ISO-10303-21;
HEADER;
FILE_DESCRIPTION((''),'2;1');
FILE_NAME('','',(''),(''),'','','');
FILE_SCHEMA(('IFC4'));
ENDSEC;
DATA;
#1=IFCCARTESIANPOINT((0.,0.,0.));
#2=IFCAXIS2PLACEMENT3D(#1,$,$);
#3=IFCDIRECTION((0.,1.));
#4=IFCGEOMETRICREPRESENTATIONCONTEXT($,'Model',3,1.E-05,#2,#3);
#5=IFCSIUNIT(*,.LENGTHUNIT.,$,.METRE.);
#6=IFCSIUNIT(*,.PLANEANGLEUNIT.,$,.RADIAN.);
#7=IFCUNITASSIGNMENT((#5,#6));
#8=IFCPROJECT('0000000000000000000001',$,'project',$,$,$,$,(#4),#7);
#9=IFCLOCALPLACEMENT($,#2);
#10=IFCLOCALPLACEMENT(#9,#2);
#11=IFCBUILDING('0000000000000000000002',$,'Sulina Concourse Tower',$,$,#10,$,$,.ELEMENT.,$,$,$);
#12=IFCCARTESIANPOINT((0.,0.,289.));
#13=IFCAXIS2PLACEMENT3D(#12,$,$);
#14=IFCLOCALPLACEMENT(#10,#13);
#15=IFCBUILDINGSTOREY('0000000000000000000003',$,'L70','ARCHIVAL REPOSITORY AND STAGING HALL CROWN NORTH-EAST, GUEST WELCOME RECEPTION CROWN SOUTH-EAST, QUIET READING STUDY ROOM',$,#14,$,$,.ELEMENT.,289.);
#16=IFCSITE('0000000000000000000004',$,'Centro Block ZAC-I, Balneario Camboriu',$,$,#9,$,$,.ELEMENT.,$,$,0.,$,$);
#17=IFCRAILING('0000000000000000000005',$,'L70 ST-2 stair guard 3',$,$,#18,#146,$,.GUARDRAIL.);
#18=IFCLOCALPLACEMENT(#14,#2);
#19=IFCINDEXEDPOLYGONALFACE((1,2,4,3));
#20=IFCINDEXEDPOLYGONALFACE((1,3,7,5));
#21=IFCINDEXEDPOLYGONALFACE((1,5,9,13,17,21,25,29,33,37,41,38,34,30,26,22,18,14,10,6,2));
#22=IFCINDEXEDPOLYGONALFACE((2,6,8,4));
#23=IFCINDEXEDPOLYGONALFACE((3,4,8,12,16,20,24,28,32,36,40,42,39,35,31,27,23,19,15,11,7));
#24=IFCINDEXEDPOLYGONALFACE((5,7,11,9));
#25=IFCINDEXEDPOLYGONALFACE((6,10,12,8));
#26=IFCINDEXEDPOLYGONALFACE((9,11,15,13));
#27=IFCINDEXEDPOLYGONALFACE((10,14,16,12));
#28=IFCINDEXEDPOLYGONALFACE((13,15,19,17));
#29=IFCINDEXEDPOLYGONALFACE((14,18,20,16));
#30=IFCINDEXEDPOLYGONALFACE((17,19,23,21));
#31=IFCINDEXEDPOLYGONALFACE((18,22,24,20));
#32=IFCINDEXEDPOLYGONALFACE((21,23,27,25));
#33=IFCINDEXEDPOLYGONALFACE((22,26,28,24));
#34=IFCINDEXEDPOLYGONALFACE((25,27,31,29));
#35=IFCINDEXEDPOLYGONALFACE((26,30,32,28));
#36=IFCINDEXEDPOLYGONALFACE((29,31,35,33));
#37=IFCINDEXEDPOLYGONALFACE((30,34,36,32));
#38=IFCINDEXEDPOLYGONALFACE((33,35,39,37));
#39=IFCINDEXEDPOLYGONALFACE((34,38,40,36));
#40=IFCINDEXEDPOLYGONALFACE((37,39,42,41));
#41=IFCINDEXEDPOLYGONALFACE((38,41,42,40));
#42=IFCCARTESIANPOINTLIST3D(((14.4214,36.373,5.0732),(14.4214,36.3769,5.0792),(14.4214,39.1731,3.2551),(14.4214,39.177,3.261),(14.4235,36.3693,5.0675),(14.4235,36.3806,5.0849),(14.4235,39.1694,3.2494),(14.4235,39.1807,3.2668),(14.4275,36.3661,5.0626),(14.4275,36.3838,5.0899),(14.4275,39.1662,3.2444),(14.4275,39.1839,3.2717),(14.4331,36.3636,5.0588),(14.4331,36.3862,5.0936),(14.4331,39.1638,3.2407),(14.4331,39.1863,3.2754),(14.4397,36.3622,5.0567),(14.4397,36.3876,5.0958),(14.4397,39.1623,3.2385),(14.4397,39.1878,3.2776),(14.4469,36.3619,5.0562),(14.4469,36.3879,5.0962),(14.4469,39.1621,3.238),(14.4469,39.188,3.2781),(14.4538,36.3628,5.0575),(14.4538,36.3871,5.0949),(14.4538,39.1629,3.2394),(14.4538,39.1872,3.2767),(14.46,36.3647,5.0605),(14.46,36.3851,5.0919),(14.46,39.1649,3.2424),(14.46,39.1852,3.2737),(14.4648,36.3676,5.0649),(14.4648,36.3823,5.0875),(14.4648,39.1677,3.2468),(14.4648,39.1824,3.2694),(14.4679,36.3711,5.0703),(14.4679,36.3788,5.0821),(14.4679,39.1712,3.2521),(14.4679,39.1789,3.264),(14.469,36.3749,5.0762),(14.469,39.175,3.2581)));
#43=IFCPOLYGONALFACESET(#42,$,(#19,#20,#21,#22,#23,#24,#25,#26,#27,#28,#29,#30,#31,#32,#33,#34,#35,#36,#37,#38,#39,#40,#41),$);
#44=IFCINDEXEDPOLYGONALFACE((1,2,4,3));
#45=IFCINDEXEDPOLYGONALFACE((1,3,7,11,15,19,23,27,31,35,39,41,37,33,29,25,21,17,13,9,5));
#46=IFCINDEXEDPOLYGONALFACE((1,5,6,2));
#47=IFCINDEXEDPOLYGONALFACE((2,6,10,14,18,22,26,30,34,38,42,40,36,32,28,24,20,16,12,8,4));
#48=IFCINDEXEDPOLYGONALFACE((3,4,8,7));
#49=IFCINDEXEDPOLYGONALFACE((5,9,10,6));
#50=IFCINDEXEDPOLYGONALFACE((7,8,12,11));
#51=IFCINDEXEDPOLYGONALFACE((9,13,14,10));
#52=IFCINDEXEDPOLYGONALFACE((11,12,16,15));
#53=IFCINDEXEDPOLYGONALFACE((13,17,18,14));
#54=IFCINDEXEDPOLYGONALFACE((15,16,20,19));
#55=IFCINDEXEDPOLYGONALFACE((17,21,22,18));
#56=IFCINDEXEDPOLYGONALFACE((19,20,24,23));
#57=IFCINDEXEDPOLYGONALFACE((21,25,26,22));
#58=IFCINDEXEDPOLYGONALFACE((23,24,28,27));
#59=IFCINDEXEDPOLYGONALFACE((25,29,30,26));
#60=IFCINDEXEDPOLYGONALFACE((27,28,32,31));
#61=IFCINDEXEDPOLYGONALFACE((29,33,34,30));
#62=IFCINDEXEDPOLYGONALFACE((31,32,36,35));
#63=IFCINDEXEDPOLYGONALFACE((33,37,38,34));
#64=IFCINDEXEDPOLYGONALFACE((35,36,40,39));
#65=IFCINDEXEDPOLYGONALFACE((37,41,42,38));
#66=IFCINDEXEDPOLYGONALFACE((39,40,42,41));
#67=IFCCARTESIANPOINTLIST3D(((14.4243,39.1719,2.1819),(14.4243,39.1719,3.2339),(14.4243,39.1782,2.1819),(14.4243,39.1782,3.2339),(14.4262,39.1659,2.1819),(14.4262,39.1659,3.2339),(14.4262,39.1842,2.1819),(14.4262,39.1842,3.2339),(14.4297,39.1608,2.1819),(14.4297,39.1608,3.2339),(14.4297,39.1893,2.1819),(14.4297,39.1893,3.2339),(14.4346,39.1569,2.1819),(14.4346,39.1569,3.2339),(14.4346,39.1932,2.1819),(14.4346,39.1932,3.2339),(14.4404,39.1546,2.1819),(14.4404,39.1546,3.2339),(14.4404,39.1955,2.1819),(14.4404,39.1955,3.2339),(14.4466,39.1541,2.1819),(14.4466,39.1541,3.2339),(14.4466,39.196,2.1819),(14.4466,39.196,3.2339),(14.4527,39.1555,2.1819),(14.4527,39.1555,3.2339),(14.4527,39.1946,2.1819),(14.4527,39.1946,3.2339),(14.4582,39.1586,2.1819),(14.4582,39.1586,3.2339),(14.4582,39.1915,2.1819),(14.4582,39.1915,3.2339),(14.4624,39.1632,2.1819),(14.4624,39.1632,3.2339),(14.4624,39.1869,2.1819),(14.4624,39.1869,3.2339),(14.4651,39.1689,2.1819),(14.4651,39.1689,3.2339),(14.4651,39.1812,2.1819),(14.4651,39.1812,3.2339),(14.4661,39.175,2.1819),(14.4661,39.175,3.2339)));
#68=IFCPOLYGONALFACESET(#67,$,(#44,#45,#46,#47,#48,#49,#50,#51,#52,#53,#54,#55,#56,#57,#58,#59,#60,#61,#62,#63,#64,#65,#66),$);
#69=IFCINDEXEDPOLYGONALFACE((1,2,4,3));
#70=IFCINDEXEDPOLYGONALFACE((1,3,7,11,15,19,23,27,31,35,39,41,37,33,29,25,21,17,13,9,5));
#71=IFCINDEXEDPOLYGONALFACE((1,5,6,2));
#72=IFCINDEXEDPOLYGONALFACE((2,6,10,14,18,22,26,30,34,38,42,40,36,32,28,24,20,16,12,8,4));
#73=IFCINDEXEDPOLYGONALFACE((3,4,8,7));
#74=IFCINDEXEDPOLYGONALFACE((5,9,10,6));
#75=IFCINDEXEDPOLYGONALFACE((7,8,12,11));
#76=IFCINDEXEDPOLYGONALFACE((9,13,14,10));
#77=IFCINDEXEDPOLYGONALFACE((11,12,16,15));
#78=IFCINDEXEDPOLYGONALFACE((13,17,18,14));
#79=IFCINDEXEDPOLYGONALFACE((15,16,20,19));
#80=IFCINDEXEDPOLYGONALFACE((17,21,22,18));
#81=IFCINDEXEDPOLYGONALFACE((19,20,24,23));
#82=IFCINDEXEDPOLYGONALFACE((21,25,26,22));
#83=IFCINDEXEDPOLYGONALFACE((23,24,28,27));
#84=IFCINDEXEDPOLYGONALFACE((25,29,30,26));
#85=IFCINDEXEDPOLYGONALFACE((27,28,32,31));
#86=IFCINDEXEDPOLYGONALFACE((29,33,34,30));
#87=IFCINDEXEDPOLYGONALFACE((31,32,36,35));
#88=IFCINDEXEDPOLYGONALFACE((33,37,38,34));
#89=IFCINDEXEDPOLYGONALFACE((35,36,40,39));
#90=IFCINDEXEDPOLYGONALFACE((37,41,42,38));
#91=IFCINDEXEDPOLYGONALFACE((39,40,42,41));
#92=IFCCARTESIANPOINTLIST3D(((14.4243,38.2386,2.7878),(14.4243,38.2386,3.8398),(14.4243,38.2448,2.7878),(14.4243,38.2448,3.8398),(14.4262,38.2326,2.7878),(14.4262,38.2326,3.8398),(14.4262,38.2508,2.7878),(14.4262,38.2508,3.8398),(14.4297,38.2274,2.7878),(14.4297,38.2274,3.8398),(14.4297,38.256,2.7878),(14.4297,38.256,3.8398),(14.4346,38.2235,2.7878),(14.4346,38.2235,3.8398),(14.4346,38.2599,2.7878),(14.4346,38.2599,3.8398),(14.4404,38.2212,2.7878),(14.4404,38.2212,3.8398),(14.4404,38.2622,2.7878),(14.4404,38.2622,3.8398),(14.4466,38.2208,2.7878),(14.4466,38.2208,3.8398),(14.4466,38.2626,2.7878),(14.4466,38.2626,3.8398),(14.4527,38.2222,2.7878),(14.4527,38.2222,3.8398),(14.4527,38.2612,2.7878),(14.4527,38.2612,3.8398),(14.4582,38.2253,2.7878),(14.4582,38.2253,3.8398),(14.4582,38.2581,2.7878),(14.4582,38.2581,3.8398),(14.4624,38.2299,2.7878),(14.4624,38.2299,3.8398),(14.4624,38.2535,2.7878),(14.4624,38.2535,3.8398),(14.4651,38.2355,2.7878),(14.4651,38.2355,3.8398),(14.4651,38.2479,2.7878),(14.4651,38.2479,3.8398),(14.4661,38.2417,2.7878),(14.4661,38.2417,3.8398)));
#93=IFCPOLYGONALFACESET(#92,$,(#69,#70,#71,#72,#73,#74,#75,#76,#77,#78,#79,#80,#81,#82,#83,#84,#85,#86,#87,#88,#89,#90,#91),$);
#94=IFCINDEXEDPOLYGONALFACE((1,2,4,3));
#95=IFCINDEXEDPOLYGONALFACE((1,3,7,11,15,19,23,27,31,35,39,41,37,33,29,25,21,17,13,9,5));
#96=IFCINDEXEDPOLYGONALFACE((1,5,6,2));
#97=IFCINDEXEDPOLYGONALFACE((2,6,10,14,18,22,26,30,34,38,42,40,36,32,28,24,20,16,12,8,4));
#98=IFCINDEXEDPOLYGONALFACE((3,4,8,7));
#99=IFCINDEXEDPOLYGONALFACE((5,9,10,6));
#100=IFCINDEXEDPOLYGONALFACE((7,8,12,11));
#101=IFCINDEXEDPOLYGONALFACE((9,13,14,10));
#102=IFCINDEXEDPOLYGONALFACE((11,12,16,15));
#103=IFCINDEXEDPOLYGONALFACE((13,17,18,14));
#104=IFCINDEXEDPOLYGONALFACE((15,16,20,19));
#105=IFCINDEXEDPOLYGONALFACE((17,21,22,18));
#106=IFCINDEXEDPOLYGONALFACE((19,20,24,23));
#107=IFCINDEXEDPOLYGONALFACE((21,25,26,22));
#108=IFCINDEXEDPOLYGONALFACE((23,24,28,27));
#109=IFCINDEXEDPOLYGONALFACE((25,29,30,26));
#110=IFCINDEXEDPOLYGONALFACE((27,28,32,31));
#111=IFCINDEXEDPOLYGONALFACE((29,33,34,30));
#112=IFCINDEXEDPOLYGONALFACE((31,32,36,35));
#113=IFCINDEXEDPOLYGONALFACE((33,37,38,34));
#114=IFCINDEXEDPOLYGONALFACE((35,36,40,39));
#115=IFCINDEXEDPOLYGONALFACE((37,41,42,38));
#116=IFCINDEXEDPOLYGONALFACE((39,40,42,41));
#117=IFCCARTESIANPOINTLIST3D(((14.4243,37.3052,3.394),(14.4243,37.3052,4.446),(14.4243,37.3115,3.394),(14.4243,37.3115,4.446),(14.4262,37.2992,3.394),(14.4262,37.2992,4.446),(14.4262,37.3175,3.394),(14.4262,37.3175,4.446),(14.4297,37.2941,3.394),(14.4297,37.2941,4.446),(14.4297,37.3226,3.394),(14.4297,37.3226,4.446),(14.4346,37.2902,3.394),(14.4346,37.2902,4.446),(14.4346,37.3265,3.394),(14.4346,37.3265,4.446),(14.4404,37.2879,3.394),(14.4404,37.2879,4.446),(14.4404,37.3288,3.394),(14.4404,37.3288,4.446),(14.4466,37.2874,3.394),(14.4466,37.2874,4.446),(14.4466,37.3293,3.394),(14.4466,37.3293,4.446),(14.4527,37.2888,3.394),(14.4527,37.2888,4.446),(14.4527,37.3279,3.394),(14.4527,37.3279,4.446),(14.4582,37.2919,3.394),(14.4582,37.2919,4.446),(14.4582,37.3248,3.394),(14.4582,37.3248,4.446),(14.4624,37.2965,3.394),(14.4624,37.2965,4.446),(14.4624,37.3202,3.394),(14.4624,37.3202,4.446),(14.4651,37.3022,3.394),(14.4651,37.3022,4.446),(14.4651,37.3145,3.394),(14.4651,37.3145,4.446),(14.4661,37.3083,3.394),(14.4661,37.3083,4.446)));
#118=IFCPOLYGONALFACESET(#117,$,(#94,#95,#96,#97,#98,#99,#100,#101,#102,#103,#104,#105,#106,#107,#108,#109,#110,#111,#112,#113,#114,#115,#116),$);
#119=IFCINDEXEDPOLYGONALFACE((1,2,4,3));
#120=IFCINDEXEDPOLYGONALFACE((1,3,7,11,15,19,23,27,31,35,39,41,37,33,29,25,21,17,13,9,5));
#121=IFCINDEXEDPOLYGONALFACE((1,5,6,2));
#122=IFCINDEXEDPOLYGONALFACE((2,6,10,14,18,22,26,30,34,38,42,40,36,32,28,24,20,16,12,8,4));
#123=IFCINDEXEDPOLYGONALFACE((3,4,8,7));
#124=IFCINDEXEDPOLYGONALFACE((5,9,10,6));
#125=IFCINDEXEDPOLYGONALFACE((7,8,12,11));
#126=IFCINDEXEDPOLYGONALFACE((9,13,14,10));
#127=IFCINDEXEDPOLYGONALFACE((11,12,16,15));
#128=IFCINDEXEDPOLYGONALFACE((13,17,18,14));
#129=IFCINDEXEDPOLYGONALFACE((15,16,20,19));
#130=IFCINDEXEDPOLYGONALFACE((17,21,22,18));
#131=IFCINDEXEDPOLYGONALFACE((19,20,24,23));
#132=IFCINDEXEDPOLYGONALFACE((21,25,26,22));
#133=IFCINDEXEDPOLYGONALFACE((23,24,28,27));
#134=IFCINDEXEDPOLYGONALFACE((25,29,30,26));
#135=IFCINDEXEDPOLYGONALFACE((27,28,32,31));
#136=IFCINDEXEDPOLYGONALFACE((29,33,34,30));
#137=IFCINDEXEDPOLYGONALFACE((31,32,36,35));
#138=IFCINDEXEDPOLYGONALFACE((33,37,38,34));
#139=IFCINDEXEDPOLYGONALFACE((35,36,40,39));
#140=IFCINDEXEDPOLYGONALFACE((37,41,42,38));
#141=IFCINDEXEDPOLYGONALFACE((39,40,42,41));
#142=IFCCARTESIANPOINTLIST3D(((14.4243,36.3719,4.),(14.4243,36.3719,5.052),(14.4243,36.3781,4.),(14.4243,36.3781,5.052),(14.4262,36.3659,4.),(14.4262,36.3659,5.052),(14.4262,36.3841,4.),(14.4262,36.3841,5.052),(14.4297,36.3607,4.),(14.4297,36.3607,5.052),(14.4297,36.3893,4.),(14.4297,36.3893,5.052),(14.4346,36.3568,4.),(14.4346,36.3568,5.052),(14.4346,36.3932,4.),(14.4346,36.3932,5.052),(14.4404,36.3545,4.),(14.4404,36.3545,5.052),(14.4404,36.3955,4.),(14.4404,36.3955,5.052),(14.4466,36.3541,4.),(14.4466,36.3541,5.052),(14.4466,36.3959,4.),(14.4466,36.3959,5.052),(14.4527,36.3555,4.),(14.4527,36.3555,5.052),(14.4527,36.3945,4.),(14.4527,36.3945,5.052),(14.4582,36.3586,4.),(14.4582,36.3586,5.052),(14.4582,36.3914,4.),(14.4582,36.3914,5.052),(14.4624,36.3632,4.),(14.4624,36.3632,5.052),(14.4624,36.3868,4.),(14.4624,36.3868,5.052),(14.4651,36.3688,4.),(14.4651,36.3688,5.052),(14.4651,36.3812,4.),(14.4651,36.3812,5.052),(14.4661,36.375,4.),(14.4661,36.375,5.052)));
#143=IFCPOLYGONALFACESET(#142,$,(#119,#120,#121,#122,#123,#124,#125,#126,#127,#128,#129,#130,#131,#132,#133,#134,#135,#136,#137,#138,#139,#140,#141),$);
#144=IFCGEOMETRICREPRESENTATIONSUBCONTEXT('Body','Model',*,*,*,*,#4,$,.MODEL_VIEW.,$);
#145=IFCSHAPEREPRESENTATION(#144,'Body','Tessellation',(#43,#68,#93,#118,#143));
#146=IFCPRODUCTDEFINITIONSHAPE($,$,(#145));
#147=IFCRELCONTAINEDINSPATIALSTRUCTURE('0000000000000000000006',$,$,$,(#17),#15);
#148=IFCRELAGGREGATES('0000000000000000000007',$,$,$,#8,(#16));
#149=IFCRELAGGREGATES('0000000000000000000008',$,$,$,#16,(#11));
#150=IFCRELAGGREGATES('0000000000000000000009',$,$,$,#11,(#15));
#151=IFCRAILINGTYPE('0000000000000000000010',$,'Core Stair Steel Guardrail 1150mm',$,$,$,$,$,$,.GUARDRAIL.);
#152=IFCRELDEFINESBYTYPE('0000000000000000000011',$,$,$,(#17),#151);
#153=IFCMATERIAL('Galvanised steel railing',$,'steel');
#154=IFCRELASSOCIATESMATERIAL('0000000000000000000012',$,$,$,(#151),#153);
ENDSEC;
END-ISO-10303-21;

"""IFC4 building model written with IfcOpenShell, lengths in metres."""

from ifc_helpers import new_model, si_unit, direction, frame, origin, origin_2d, place, context, subcontext, project, spatial, circle, extrude, material, type_object, element, save


model = new_model("IFC4")

# Units and contexts
model_context = context("Model", 3, precision=1e-05, world=origin(), true_north=direction((0.0, 1.0)))
body_context = subcontext(model_context, "Body", "Model", "MODEL_VIEW")
ifc_project = project(units=[si_unit("LENGTHUNIT", "METRE"), si_unit("PLANEANGLEUNIT", "RADIAN")], contexts=[model_context])

# Site, building, storey
site_placement = place(None, origin())
site = spatial("IfcSite", under=ifc_project, at=site_placement, Name="Centro Block ZAC-I, Balneario Camboriu", CompositionType="ELEMENT", RefElevation=0.0)
building_placement = place(site_placement, origin())
building = spatial("IfcBuilding", under=site, at=building_placement, Name="Sulina Concourse Tower", CompositionType="ELEMENT")
storey_placement = place(building_placement, frame((0.0, 0.0, 289.0)))
storey = spatial("IfcBuildingStorey", under=building, at=storey_placement, Name="L70", Description="ARCHIVAL REPOSITORY AND STAGING HALL CROWN NORTH-EAST, GUEST WELCOME RECEPTION CROWN SOUTH-EAST, QUIET READING STUDY ROOM", CompositionType="ELEMENT", Elevation=289.0)

# Railing
ifc_material_1 = material(Name="Galvanised steel railing", Category="steel")
railing_type_1 = type_object("IfcRailingType", Name="Core Stair Steel Guardrail 1150mm", PredefinedType="GUARDRAIL", material=ifc_material_1)
railing_1_placement = place(storey_placement, frame((14.4451, 39.175, 2.1819)))
element("IfcRailing", 1, at=railing_1_placement, inside=storey, type_object=railing_type_1, Name="L70 ST-2 stair guard 3", PredefinedType="GUARDRAIL", context=body_context, shape_type="SweptSolid", body=[
    extrude(circle(Radius=0.0239, at=origin_2d()), frame((0.0, 0.0, 1.0762), z_axis=(0.0, -0.838706, 0.544585), x_axis=(1.0, 0.0, 0.0)), (0.0, 0.0, 1.0), 3.3386),
    extrude(circle(Radius=0.021, at=origin_2d()), origin(), (0.0, 0.0, 1.0), 1.052),
    extrude(circle(Radius=0.021, at=origin_2d()), frame((0.0, -0.9333, 0.606)), (0.0, 0.0, 1.0), 1.052),
    extrude(circle(Radius=0.021, at=origin_2d()), frame((0.0, -1.8667, 1.2122)), (0.0, 0.0, 1.0), 1.052),
    extrude(circle(Radius=0.021, at=origin_2d()), frame((0.0, -2.8, 1.8181)), (0.0, 0.0, 1.0), 1.052),
])

save(model, "model.ifc")
